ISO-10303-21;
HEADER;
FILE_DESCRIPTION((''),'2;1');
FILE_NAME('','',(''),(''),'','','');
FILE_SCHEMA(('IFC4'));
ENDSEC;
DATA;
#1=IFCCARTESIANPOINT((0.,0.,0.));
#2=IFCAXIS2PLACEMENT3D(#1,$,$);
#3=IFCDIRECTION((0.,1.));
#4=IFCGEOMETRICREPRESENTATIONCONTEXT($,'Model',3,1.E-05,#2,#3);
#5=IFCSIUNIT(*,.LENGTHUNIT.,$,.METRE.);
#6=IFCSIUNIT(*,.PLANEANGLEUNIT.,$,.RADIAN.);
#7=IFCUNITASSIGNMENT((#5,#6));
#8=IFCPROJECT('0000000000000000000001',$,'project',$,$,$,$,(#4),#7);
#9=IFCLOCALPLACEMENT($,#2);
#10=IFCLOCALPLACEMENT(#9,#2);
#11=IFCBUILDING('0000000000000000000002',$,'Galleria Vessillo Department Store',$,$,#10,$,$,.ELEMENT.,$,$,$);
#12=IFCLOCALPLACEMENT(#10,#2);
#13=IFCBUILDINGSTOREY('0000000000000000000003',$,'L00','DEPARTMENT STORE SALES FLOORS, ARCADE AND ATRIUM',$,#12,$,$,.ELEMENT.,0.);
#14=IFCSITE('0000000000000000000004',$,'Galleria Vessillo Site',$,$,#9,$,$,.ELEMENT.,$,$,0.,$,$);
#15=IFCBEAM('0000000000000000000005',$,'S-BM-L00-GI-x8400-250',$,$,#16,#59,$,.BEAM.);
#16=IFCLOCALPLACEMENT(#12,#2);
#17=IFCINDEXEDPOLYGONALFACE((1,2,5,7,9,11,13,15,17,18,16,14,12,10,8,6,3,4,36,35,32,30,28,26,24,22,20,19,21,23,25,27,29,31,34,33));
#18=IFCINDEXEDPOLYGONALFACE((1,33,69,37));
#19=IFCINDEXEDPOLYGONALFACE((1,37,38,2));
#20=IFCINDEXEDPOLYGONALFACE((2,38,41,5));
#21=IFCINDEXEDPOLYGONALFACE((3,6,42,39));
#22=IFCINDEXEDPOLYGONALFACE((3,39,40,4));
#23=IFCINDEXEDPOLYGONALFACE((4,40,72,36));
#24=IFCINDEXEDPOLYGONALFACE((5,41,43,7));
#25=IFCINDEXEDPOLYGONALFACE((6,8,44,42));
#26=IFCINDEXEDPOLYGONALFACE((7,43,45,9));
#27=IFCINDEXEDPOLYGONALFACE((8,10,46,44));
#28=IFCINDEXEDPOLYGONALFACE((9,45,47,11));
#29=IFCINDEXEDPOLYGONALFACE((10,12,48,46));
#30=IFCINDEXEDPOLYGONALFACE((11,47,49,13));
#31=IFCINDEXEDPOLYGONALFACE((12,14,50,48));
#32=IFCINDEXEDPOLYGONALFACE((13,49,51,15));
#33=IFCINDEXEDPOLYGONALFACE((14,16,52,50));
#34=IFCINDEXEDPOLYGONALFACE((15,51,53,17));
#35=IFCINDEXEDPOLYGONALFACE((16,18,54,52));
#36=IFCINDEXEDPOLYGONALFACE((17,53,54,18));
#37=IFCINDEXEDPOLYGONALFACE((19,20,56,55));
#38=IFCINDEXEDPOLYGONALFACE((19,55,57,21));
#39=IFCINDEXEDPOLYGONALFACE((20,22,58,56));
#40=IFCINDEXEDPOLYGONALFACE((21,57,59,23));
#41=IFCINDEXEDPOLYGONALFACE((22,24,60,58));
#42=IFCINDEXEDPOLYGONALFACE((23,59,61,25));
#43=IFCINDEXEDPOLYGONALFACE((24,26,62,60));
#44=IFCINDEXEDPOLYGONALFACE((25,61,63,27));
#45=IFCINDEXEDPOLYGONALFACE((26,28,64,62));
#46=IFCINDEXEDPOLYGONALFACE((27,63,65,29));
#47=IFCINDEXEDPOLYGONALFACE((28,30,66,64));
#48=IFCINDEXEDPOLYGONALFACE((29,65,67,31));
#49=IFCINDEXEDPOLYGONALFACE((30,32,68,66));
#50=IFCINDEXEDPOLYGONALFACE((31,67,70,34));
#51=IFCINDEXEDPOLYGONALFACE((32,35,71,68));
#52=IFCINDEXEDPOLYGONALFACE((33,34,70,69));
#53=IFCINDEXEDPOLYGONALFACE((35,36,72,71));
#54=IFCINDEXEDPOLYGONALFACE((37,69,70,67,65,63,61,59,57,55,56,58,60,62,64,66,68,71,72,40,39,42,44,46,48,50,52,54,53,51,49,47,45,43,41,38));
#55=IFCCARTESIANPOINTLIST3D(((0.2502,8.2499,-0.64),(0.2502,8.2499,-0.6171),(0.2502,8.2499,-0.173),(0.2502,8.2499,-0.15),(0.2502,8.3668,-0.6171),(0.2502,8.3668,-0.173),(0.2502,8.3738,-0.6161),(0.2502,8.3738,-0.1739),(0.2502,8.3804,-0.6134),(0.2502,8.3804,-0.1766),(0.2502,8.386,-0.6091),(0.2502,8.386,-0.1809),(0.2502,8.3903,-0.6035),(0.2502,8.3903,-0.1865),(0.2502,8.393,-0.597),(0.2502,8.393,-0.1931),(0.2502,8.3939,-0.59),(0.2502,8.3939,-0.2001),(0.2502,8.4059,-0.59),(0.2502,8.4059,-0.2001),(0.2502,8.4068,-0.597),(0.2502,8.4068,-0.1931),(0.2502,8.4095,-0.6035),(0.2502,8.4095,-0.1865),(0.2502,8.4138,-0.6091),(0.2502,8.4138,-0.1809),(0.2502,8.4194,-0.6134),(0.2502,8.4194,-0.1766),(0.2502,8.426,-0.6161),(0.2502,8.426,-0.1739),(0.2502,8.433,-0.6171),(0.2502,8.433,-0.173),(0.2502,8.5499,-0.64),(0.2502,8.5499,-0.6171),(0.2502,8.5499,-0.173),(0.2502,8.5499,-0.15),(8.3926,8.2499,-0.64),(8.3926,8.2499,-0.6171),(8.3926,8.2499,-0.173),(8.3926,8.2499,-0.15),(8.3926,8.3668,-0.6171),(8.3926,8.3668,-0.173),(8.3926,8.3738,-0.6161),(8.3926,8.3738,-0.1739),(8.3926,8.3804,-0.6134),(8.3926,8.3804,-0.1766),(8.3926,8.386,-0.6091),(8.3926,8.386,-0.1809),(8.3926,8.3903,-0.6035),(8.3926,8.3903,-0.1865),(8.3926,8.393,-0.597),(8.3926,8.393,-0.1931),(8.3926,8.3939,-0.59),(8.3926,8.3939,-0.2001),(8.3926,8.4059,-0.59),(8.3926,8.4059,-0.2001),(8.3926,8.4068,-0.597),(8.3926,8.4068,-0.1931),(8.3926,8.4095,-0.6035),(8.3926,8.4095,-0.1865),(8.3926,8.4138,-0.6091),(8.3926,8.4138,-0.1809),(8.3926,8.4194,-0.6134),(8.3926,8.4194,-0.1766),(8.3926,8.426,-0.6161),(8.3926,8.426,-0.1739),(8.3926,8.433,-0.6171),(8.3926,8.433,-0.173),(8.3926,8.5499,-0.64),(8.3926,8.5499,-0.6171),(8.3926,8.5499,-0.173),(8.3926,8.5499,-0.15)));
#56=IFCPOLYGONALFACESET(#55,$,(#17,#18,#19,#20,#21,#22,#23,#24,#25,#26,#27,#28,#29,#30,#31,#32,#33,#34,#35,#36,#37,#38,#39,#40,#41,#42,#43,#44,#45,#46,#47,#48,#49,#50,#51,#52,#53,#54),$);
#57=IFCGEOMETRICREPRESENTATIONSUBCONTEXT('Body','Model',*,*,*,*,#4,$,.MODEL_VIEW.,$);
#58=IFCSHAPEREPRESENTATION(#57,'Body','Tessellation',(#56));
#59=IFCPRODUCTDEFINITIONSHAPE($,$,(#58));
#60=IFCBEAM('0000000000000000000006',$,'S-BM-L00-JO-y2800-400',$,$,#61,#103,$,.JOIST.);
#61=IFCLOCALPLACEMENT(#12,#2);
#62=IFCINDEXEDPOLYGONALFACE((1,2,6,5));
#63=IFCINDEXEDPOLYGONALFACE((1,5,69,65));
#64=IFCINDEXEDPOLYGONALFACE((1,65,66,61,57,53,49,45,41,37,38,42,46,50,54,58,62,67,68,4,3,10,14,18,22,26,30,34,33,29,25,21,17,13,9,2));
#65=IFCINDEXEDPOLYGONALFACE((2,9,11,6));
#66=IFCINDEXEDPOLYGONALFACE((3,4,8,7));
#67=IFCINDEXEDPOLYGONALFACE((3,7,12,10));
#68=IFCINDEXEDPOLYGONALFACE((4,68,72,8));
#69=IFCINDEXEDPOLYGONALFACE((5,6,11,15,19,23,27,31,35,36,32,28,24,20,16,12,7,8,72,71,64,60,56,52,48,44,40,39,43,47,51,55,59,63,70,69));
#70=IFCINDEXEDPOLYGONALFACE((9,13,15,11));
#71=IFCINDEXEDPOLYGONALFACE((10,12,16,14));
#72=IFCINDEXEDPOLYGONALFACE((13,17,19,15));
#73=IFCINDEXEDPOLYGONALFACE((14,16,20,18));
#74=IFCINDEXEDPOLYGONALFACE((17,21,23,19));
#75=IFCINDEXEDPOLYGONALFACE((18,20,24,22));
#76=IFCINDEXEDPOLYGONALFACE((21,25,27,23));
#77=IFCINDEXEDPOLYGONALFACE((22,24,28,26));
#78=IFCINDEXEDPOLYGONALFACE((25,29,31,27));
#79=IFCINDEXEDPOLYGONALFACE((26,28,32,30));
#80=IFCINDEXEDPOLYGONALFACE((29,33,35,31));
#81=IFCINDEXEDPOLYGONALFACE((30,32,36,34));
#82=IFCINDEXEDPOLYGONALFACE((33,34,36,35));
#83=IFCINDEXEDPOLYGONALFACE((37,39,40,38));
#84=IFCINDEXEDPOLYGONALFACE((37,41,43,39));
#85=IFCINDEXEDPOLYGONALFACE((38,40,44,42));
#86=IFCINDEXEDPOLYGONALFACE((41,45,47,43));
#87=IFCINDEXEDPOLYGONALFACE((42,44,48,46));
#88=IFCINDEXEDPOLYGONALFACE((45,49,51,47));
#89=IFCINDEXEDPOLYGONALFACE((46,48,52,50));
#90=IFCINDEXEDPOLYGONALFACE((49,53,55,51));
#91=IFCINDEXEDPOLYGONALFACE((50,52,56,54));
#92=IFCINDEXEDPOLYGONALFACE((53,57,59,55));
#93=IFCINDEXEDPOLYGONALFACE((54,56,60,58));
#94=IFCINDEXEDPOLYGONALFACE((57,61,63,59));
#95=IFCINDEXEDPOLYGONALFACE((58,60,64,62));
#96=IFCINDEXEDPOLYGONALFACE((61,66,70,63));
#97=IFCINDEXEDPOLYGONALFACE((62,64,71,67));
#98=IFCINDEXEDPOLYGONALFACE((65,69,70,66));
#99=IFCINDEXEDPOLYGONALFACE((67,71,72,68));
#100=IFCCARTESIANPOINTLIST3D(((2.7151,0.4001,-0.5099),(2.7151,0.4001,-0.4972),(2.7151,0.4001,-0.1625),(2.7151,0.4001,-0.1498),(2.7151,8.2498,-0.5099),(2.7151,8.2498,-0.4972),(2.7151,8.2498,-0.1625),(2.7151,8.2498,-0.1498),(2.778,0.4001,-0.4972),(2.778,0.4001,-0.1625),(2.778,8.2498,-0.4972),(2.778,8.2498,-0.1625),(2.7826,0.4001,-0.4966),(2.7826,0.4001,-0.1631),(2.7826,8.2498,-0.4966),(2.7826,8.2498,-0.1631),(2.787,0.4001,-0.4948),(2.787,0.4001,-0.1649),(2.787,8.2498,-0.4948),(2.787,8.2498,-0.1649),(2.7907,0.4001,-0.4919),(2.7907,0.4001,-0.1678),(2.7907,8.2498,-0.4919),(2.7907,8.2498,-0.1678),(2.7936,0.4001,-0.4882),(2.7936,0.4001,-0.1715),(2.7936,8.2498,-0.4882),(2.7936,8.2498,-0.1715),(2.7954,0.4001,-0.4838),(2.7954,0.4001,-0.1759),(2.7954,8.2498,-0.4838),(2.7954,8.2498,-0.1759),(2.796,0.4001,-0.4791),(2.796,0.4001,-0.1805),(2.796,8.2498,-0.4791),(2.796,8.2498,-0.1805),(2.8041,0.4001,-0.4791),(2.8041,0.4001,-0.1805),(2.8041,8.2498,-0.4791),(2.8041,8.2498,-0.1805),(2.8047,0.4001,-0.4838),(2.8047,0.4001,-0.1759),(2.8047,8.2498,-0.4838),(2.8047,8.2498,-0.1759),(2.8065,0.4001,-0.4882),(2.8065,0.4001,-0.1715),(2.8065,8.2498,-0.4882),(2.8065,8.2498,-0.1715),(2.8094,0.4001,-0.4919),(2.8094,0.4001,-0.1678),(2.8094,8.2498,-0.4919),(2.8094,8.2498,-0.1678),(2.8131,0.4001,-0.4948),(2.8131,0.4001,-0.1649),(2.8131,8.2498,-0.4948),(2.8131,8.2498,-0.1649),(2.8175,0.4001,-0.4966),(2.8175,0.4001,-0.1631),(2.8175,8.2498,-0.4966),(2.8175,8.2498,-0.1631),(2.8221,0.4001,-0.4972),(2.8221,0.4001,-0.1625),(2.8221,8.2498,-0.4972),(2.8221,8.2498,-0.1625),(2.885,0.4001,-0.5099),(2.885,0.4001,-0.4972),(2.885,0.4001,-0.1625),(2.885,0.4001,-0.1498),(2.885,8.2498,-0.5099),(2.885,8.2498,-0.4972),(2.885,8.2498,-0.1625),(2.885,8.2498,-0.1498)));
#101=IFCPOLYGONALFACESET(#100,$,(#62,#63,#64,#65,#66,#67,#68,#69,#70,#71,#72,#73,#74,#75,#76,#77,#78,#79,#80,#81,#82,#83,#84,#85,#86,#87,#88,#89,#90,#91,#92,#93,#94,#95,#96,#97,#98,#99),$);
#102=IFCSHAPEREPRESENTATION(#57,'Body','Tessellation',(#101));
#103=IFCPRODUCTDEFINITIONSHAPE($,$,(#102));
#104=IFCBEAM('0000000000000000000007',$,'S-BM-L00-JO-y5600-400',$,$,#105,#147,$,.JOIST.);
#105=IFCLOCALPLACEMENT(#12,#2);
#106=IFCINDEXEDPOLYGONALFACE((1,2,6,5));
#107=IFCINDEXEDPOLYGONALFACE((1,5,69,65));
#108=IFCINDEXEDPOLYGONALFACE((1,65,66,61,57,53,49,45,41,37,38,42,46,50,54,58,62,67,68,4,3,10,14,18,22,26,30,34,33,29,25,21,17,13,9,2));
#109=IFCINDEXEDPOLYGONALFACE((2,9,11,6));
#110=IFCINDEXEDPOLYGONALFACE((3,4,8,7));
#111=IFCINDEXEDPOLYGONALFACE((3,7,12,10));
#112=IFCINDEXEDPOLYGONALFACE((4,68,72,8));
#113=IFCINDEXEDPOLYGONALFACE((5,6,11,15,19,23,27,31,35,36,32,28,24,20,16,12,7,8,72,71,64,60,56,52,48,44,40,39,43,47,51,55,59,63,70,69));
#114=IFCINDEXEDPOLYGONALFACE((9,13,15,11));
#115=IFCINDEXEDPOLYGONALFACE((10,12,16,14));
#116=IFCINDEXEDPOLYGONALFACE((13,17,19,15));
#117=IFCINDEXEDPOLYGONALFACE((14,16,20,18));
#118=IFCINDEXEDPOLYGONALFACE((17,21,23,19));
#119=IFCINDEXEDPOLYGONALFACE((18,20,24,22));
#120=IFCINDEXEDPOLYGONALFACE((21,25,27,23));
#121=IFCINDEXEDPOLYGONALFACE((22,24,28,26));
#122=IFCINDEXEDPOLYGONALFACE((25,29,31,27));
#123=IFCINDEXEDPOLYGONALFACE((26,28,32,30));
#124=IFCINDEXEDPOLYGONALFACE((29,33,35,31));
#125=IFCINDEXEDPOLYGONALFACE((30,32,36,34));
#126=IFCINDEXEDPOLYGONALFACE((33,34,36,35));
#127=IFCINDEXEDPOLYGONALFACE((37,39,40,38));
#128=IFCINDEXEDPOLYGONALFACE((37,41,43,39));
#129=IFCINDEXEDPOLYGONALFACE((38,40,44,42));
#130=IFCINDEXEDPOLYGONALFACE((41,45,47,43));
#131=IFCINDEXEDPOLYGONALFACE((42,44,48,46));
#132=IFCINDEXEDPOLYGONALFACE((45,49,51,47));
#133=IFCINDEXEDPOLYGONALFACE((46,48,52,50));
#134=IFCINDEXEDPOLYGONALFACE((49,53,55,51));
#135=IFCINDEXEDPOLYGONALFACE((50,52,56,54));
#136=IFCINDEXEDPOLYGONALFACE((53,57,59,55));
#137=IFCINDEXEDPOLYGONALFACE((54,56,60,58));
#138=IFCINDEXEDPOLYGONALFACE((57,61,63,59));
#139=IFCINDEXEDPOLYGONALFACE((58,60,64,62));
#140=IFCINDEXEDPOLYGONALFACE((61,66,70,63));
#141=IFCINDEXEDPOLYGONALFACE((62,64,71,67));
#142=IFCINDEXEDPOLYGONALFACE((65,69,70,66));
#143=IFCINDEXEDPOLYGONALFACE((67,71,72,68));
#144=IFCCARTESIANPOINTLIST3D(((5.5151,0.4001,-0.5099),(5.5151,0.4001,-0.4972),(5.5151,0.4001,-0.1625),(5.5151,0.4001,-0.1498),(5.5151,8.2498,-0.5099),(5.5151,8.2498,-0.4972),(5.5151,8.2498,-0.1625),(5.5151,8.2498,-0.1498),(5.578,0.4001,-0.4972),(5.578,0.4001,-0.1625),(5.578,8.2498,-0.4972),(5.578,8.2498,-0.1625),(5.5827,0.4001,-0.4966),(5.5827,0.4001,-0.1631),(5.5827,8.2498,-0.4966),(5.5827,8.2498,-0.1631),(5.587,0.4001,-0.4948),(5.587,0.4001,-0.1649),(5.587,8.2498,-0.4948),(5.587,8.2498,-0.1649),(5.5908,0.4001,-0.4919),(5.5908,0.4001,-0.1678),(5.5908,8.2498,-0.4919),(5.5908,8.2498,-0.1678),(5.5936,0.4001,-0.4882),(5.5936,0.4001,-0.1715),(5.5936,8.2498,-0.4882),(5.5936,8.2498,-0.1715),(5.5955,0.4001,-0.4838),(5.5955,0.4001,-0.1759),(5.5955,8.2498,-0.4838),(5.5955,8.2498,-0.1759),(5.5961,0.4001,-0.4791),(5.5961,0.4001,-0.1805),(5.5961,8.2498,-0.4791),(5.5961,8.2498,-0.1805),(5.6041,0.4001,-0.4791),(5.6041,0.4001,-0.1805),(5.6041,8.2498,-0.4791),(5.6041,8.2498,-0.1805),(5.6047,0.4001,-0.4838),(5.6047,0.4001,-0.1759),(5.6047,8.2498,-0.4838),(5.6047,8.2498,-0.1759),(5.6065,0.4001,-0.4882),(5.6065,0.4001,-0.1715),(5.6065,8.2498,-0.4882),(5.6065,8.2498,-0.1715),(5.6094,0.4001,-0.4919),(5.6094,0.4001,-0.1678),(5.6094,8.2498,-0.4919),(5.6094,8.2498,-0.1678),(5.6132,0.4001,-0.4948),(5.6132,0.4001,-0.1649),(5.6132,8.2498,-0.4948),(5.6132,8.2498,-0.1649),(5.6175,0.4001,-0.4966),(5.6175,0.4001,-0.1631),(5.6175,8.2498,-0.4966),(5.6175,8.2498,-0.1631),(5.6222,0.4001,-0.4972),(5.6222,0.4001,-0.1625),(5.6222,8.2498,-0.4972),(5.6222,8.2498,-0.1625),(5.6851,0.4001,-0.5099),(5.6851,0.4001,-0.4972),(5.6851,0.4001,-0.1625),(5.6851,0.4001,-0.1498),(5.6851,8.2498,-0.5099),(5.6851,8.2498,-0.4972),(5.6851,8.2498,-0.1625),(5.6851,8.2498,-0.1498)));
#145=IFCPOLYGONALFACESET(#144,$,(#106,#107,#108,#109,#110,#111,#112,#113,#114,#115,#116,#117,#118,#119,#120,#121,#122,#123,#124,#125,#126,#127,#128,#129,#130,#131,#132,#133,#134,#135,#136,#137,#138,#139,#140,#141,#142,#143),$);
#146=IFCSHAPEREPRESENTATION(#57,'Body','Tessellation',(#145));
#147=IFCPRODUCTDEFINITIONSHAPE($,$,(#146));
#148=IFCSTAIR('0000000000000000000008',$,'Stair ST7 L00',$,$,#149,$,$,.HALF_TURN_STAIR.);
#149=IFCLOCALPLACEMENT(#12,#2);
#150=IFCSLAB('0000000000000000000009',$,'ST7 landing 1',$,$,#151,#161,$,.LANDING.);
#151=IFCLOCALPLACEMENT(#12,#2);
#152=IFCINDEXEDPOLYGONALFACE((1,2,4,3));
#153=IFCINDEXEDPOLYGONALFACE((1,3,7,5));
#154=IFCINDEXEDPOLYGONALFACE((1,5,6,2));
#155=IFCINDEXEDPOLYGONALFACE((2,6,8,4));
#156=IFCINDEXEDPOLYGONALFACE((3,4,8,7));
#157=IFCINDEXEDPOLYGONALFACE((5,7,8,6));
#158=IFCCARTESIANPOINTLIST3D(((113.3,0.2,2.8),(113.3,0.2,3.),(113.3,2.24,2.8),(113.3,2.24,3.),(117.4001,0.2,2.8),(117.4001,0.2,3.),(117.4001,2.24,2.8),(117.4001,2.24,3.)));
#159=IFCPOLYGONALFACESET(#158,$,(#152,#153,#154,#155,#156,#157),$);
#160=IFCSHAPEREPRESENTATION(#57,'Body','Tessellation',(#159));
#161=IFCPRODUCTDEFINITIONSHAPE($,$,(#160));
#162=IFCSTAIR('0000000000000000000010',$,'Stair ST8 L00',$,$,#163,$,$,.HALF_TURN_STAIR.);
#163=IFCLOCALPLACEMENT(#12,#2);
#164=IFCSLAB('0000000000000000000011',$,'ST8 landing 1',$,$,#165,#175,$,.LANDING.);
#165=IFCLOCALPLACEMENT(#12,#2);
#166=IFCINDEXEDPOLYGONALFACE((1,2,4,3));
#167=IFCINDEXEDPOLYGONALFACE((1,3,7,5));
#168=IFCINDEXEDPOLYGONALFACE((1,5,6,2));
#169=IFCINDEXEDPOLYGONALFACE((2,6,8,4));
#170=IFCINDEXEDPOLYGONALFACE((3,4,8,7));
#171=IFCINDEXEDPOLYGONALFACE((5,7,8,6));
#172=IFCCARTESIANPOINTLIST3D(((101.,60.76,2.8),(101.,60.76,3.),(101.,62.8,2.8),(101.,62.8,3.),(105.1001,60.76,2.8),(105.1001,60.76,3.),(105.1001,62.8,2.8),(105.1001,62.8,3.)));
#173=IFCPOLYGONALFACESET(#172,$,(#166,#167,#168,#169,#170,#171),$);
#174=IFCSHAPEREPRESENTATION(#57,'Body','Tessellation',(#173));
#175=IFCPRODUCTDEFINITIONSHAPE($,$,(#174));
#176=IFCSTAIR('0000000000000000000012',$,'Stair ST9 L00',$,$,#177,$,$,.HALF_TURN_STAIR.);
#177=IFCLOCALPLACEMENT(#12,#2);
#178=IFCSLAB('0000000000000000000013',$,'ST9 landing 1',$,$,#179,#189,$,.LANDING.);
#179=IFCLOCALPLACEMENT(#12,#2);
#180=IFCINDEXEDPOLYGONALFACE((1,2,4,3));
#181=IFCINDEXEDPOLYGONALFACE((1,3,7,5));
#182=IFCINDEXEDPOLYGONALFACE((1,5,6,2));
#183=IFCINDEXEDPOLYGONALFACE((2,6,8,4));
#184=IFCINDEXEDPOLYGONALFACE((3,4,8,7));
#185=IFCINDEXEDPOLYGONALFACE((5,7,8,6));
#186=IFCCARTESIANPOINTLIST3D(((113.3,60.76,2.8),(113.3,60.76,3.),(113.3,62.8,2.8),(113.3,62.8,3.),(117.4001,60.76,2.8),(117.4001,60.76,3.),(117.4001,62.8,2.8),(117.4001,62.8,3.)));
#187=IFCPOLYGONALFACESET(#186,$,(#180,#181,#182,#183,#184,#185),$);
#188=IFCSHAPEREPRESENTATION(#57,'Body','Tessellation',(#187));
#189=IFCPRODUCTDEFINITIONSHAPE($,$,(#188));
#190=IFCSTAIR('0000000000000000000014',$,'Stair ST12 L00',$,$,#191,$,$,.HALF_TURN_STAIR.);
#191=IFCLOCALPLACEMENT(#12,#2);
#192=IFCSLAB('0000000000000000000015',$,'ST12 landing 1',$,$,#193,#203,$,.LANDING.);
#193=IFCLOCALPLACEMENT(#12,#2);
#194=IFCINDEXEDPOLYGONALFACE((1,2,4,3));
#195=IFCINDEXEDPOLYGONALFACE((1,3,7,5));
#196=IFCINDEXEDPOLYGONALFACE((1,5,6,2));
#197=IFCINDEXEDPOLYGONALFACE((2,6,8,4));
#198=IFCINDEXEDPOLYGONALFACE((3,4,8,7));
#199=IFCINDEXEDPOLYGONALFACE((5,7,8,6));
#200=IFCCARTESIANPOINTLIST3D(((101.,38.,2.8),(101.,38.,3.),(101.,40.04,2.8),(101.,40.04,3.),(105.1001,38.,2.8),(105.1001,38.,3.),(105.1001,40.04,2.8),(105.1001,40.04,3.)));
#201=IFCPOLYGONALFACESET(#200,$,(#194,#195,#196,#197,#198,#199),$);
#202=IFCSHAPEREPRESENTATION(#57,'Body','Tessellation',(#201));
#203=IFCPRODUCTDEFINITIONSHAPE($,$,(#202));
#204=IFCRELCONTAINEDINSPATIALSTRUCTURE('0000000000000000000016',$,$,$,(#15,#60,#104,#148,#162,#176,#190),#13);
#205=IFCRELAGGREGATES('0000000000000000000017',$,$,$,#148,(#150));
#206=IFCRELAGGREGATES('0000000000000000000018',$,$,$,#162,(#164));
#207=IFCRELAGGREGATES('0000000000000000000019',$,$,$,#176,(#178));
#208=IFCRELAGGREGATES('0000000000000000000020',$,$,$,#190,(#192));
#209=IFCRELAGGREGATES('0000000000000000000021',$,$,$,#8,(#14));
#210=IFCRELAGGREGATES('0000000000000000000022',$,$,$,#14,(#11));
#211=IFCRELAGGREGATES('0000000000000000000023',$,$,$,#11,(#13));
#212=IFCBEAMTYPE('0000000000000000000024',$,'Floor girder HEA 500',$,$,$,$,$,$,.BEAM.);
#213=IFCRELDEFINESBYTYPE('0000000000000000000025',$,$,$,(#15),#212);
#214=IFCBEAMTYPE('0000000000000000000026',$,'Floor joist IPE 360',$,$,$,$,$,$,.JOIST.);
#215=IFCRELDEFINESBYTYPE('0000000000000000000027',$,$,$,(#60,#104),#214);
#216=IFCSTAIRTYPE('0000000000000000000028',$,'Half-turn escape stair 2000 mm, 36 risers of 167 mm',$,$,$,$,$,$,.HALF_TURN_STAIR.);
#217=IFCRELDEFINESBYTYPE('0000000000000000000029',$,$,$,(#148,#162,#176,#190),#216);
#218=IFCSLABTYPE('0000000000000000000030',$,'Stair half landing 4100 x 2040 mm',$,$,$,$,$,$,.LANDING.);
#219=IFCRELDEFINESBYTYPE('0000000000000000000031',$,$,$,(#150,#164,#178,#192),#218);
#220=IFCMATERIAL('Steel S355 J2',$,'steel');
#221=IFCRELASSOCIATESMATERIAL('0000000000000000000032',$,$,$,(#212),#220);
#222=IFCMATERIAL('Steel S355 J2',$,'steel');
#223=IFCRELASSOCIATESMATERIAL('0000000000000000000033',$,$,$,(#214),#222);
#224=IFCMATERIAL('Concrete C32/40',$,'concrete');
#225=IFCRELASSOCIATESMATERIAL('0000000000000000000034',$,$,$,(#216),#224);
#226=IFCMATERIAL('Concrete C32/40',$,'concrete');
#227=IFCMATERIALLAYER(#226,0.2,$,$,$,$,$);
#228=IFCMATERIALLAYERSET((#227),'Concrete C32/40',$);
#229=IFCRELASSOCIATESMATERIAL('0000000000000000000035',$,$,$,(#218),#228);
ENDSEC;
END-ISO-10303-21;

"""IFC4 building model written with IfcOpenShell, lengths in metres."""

from ifc_helpers import new_model, si_unit, direction, frame, origin, origin_2d, place, context, subcontext, project, spatial, polyline, i_section, outline, extrude, material, layer, layer_set, material_profile, profile_set, type_object, element, aggregate, save


model = new_model("IFC4")

# Units and contexts
model_context = context("Model", 3, precision=1e-05, world=origin(), true_north=direction((0.0, 1.0)))
body_context = subcontext(model_context, "Body", "Model", "MODEL_VIEW")
ifc_project = project(units=[si_unit("LENGTHUNIT", "METRE"), si_unit("PLANEANGLEUNIT", "RADIAN")], contexts=[model_context])

# Site, building, storey
site_placement = place(None, origin())
site = spatial("IfcSite", under=ifc_project, at=site_placement, Name="Galleria Vessillo Site", CompositionType="ELEMENT", RefElevation=0.0)
building_placement = place(site_placement, origin())
building = spatial("IfcBuilding", under=site, at=building_placement, Name="Galleria Vessillo Department Store", CompositionType="ELEMENT")
storey_placement = place(building_placement, origin())
storey = spatial("IfcBuildingStorey", under=building, at=storey_placement, Name="L00", Description="DEPARTMENT STORE SALES FLOORS, ARCADE AND ATRIUM", CompositionType="ELEMENT", Elevation=0.0)

# Beams
ifc_material_1 = material(Name="Steel S355 J2", Category="steel")
ifc_material_profile_1 = material_profile(ifc_material_1, i_section(OverallWidth=0.3, OverallDepth=0.49, WebThickness=0.012, FlangeThickness=0.0229, FilletRadius=0.0271, at=origin_2d()), Name="HEA 500")
ifc_profile_set_1 = profile_set([ifc_material_profile_1], Name="Steel S355 J2")
beam_type_1 = type_object("IfcBeamType", Name="Floor girder HEA 500", PredefinedType="BEAM", material=ifc_profile_set_1)
beam_placement = place(storey_placement, frame((0.2502, 8.3999, -0.395), z_axis=(1.0, 0.0, 0.0), x_axis=(0.0, 1.0, 0.0)))
element("IfcBeam", 1, at=beam_placement, inside=storey, type_object=beam_type_1, Name="S-BM-L00-GI-x8400-250", PredefinedType="BEAM", context=body_context, shape_type="SweptSolid", body=[
    extrude(i_section(OverallWidth=0.3, OverallDepth=0.49, WebThickness=0.012, FlangeThickness=0.0229, FilletRadius=0.0271, at=origin_2d()), origin(), (0.0, 0.0, 1.0), 8.1423),
])
ifc_material_2 = material(Name="Steel S355 J2", Category="steel")
ifc_material_profile_2 = material_profile(ifc_material_2, i_section(OverallWidth=0.1699, OverallDepth=0.3601, WebThickness=0.0081, FlangeThickness=0.0127, FilletRadius=0.0181, at=origin_2d()), Name="IPE 360")
ifc_profile_set_2 = profile_set([ifc_material_profile_2], Name="Steel S355 J2")
beam_type_2 = type_object("IfcBeamType", Name="Floor joist IPE 360", PredefinedType="JOIST", material=ifc_profile_set_2)
for number, where, z_axis, x_axis, name in (
    (2, (2.8, 0.4001, -0.3298), (0.0, 1.0, 0.0), (-1.0, 0.0, 0.0), "S-BM-L00-JO-y2800-400"),
    (3, (5.6001, 0.4001, -0.3298), (0.0, 1.0, 0.0), (-1.0, 0.0, 0.0), "S-BM-L00-JO-y5600-400"),
):
    element("IfcBeam", number, at=place(storey_placement, frame(where, z_axis=z_axis, x_axis=x_axis)), inside=storey, type_object=beam_type_2, Name=name, PredefinedType="JOIST", context=body_context, shape_type="SweptSolid", body=[
        extrude(i_section(OverallWidth=0.1699, OverallDepth=0.3601, WebThickness=0.0081, FlangeThickness=0.0127, FilletRadius=0.0181, at=origin_2d()), origin(), (0.0, 0.0, 1.0), 7.8496),
    ])

# Stairs, slabs
ifc_material_3 = material(Name="Concrete C32/40", Category="concrete")
stair_type = type_object("IfcStairType", Name="Half-turn escape stair 2000 mm, 36 risers of 167 mm", PredefinedType="HALF_TURN_STAIR", material=ifc_material_3)
stair_1_placement = place(storey_placement, origin())
stair_1 = element("IfcStair", 4, at=stair_1_placement, inside=storey, type_object=stair_type, Name="Stair ST7 L00", PredefinedType="HALF_TURN_STAIR")
ifc_material_4 = material(Name="Concrete C32/40", Category="concrete")
ifc_layer_1 = layer(ifc_material_4, 0.2)
ifc_layer_set_1 = layer_set([ifc_layer_1], Name="Concrete C32/40")
slab_type = type_object("IfcSlabType", Name="Stair half landing 4100 x 2040 mm", PredefinedType="LANDING", material=ifc_layer_set_1)
slab_1_placement = place(storey_placement, frame((0.0, 0.0, 2.8)))
slab_1 = element("IfcSlab", 5, at=slab_1_placement, type_object=slab_type, Name="ST7 landing 1", PredefinedType="LANDING", context=body_context, shape_type="SweptSolid", body=[
    extrude(outline(polyline([(113.3, 0.2), (113.3, 2.24), (117.4001, 2.24), (117.4001, 0.2), (113.3, 0.2)])), origin(), (0.0, 0.0, 1.0), 0.2),
])
aggregate(stair_1, [slab_1])
stair_2_placement = place(storey_placement, origin())
stair_2 = element("IfcStair", 6, at=stair_2_placement, inside=storey, type_object=stair_type, Name="Stair ST8 L00", PredefinedType="HALF_TURN_STAIR")
slab_2_placement = place(storey_placement, frame((0.0, 0.0, 2.8)))
slab_2 = element("IfcSlab", 7, at=slab_2_placement, type_object=slab_type, Name="ST8 landing 1", PredefinedType="LANDING", context=body_context, shape_type="SweptSolid", body=[
    extrude(outline(polyline([(101.0, 60.76), (101.0, 62.8), (105.1001, 62.8), (105.1001, 60.76), (101.0, 60.76)])), origin(), (0.0, 0.0, 1.0), 0.2),
])
aggregate(stair_2, [slab_2])
stair_3_placement = place(storey_placement, origin())
stair_3 = element("IfcStair", 8, at=stair_3_placement, inside=storey, type_object=stair_type, Name="Stair ST9 L00", PredefinedType="HALF_TURN_STAIR")
slab_3_placement = place(storey_placement, frame((0.0, 0.0, 2.8)))
slab_3 = element("IfcSlab", 9, at=slab_3_placement, type_object=slab_type, Name="ST9 landing 1", PredefinedType="LANDING", context=body_context, shape_type="SweptSolid", body=[
    extrude(outline(polyline([(113.3, 60.76), (113.3, 62.8), (117.4001, 62.8), (117.4001, 60.76), (113.3, 60.76)])), origin(), (0.0, 0.0, 1.0), 0.2),
])
aggregate(stair_3, [slab_3])
stair_4_placement = place(storey_placement, origin())
stair_4 = element("IfcStair", 10, at=stair_4_placement, inside=storey, type_object=stair_type, Name="Stair ST12 L00", PredefinedType="HALF_TURN_STAIR")
slab_4_placement = place(storey_placement, frame((0.0, 0.0, 2.8)))
slab_4 = element("IfcSlab", 11, at=slab_4_placement, type_object=slab_type, Name="ST12 landing 1", PredefinedType="LANDING", context=body_context, shape_type="SweptSolid", body=[
    extrude(outline(polyline([(101.0, 38.0), (101.0, 40.04), (105.1001, 40.04), (105.1001, 38.0), (101.0, 38.0)])), origin(), (0.0, 0.0, 1.0), 0.2),
])
aggregate(stair_4, [slab_4])

save(model, "model.ifc")
